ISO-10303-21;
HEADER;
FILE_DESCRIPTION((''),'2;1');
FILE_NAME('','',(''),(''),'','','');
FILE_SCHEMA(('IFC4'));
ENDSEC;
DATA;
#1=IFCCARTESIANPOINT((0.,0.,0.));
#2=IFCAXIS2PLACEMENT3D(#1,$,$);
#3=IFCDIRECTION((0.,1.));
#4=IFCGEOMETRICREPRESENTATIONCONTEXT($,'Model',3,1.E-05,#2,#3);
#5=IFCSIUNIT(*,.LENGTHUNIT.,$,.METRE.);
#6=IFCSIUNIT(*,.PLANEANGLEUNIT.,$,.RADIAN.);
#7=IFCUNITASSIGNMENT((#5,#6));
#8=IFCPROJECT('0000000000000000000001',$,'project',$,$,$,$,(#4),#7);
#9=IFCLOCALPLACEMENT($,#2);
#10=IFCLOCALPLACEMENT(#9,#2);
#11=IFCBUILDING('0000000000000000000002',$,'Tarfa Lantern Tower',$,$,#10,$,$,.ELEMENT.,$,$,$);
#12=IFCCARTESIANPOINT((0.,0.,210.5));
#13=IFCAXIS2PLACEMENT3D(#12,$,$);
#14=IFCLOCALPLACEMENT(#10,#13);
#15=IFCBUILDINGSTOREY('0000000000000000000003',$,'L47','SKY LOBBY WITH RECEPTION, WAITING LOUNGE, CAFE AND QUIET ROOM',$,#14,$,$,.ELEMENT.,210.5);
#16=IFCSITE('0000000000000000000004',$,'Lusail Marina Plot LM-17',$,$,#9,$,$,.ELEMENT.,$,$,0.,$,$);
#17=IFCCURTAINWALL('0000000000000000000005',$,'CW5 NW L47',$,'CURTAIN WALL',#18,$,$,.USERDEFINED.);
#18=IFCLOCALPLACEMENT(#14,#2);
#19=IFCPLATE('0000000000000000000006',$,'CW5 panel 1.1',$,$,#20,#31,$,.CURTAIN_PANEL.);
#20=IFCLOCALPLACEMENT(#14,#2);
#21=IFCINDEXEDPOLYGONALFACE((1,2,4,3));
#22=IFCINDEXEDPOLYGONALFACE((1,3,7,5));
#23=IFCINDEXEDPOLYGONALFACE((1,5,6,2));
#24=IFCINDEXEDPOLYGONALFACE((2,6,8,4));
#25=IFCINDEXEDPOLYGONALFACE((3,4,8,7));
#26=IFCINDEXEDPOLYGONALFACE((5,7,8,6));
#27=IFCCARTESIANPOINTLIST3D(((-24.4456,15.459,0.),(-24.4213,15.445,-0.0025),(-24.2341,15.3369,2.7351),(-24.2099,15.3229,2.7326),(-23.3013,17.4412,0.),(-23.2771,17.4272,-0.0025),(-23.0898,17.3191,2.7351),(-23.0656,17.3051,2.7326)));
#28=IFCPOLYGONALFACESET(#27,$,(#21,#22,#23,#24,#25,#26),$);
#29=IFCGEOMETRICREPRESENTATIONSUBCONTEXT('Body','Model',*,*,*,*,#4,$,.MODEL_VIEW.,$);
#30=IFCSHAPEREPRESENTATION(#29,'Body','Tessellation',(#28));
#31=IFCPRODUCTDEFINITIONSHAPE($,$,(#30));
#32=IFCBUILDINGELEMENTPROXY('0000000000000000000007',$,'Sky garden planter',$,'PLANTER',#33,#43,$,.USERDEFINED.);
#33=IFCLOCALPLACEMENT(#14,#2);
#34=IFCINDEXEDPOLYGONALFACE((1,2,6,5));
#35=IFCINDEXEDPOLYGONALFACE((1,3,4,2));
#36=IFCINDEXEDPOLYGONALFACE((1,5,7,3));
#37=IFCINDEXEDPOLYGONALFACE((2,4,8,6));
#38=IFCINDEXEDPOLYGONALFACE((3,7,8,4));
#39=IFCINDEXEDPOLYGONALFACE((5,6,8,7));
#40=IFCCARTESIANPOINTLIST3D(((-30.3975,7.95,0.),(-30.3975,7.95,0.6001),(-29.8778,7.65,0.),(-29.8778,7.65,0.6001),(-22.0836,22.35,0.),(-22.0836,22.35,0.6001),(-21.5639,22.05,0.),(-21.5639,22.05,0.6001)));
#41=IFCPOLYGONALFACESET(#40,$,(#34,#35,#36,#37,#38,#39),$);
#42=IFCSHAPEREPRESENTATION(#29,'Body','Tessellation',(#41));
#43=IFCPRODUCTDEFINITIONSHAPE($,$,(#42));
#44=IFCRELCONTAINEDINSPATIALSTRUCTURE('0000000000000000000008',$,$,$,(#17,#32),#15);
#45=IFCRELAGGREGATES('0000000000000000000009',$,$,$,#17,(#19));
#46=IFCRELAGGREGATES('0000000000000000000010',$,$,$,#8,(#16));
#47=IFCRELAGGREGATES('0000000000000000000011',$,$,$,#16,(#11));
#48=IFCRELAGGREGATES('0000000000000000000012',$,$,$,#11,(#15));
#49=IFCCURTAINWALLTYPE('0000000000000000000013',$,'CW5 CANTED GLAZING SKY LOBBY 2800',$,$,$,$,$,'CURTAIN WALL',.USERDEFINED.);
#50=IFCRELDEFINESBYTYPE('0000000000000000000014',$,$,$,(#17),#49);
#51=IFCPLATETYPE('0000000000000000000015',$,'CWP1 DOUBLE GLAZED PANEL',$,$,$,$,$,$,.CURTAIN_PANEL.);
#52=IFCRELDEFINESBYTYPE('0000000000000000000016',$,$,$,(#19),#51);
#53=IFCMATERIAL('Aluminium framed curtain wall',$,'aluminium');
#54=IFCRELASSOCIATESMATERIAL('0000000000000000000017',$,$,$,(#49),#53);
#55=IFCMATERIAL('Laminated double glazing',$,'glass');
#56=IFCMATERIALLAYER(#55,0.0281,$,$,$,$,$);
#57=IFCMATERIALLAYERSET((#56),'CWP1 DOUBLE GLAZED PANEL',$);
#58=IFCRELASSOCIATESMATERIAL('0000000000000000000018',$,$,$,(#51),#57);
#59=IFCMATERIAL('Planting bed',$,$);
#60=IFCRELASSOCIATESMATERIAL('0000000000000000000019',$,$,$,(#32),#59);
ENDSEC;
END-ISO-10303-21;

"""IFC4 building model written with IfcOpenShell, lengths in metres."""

from ifc_helpers import new_model, si_unit, direction, frame, origin, origin_2d, place, context, subcontext, project, spatial, polyline, rectangle, outline, extrude, material, layer, layer_set, type_object, element, aggregate, save


model = new_model("IFC4")

# Units and contexts
model_context = context("Model", 3, precision=1e-05, world=origin(), true_north=direction((0.0, 1.0)))
body_context = subcontext(model_context, "Body", "Model", "MODEL_VIEW")
ifc_project = project(units=[si_unit("LENGTHUNIT", "METRE"), si_unit("PLANEANGLEUNIT", "RADIAN")], contexts=[model_context])

# Site, building, storey
site_placement = place(None, origin())
site = spatial("IfcSite", under=ifc_project, at=site_placement, Name="Lusail Marina Plot LM-17", CompositionType="ELEMENT", RefElevation=0.0)
building_placement = place(site_placement, origin())
building = spatial("IfcBuilding", under=site, at=building_placement, Name="Tarfa Lantern Tower", CompositionType="ELEMENT")
storey_placement = place(building_placement, frame((0.0, 0.0, 210.5)))
storey = spatial("IfcBuildingStorey", under=building, at=storey_placement, Name="L47", Description="SKY LOBBY WITH RECEPTION, WAITING LOUNGE, CAFE AND QUIET ROOM", CompositionType="ELEMENT", Elevation=210.5)

# Curtain wall
ifc_material_1 = material(Name="Aluminium framed curtain wall", Category="aluminium")
curtain_wall_type = type_object("IfcCurtainWallType", Name="CW5 CANTED GLAZING SKY LOBBY 2800", ElementType="CURTAIN WALL", PredefinedType="USERDEFINED", material=ifc_material_1)
curtain_wall_1_placement = place(storey_placement, origin())
curtain_wall_1 = element("IfcCurtainWall", 1, at=curtain_wall_1_placement, inside=storey, type_object=curtain_wall_type, Name="CW5 NW L47", ObjectType="CURTAIN WALL", PredefinedType="USERDEFINED")

# Plate
ifc_material_2 = material(Name="Laminated double glazing", Category="glass")
ifc_layer = layer(ifc_material_2, 0.0281)
ifc_layer_set = layer_set([ifc_layer], Name="CWP1 DOUBLE GLAZED PANEL")
plate_type = type_object("IfcPlateType", Name="CWP1 DOUBLE GLAZED PANEL", PredefinedType="CURTAIN_PANEL", material=ifc_layer_set)
plate_1_placement = place(storey_placement, frame((-23.3013, 17.4412, 0.0), z_axis=(-0.862619, 0.49798, 0.088906), x_axis=(-0.499959, -0.866049, 0.0)))
plate_1 = element("IfcPlate", 2, at=plate_1_placement, type_object=plate_type, Name="CW5 panel 1.1", PredefinedType="CURTAIN_PANEL", context=body_context, shape_type="SweptSolid", body=[
    extrude(outline(polyline([(0.0, 0.0), (2.2888, 0.0), (2.2888, 2.746), (0.0, 2.746), (0.0, 0.0)])), origin(), (0.0, 0.0, -1.0), 0.0281),
])
aggregate(curtain_wall_1, [plate_1])

# Building element proxy
ifc_material_3 = material(Name="Planting bed")
proxy_placement = place(storey_placement, frame((-25.9807, 15.0, 0.0), z_axis=(0.0, 0.0, 1.0), x_axis=(-0.5, -0.866025, 0.0)))
element("IfcBuildingElementProxy", 3, at=proxy_placement, inside=storey, material=ifc_material_3, Name="Sky garden planter", ObjectType="PLANTER", PredefinedType="USERDEFINED", context=body_context, shape_type="SweptSolid", body=[
    extrude(rectangle(XDim=16.6277, YDim=0.6001, at=origin_2d()), origin(), (0.0, 0.0, 1.0), 0.6001),
])

save(model, "model.ifc")
